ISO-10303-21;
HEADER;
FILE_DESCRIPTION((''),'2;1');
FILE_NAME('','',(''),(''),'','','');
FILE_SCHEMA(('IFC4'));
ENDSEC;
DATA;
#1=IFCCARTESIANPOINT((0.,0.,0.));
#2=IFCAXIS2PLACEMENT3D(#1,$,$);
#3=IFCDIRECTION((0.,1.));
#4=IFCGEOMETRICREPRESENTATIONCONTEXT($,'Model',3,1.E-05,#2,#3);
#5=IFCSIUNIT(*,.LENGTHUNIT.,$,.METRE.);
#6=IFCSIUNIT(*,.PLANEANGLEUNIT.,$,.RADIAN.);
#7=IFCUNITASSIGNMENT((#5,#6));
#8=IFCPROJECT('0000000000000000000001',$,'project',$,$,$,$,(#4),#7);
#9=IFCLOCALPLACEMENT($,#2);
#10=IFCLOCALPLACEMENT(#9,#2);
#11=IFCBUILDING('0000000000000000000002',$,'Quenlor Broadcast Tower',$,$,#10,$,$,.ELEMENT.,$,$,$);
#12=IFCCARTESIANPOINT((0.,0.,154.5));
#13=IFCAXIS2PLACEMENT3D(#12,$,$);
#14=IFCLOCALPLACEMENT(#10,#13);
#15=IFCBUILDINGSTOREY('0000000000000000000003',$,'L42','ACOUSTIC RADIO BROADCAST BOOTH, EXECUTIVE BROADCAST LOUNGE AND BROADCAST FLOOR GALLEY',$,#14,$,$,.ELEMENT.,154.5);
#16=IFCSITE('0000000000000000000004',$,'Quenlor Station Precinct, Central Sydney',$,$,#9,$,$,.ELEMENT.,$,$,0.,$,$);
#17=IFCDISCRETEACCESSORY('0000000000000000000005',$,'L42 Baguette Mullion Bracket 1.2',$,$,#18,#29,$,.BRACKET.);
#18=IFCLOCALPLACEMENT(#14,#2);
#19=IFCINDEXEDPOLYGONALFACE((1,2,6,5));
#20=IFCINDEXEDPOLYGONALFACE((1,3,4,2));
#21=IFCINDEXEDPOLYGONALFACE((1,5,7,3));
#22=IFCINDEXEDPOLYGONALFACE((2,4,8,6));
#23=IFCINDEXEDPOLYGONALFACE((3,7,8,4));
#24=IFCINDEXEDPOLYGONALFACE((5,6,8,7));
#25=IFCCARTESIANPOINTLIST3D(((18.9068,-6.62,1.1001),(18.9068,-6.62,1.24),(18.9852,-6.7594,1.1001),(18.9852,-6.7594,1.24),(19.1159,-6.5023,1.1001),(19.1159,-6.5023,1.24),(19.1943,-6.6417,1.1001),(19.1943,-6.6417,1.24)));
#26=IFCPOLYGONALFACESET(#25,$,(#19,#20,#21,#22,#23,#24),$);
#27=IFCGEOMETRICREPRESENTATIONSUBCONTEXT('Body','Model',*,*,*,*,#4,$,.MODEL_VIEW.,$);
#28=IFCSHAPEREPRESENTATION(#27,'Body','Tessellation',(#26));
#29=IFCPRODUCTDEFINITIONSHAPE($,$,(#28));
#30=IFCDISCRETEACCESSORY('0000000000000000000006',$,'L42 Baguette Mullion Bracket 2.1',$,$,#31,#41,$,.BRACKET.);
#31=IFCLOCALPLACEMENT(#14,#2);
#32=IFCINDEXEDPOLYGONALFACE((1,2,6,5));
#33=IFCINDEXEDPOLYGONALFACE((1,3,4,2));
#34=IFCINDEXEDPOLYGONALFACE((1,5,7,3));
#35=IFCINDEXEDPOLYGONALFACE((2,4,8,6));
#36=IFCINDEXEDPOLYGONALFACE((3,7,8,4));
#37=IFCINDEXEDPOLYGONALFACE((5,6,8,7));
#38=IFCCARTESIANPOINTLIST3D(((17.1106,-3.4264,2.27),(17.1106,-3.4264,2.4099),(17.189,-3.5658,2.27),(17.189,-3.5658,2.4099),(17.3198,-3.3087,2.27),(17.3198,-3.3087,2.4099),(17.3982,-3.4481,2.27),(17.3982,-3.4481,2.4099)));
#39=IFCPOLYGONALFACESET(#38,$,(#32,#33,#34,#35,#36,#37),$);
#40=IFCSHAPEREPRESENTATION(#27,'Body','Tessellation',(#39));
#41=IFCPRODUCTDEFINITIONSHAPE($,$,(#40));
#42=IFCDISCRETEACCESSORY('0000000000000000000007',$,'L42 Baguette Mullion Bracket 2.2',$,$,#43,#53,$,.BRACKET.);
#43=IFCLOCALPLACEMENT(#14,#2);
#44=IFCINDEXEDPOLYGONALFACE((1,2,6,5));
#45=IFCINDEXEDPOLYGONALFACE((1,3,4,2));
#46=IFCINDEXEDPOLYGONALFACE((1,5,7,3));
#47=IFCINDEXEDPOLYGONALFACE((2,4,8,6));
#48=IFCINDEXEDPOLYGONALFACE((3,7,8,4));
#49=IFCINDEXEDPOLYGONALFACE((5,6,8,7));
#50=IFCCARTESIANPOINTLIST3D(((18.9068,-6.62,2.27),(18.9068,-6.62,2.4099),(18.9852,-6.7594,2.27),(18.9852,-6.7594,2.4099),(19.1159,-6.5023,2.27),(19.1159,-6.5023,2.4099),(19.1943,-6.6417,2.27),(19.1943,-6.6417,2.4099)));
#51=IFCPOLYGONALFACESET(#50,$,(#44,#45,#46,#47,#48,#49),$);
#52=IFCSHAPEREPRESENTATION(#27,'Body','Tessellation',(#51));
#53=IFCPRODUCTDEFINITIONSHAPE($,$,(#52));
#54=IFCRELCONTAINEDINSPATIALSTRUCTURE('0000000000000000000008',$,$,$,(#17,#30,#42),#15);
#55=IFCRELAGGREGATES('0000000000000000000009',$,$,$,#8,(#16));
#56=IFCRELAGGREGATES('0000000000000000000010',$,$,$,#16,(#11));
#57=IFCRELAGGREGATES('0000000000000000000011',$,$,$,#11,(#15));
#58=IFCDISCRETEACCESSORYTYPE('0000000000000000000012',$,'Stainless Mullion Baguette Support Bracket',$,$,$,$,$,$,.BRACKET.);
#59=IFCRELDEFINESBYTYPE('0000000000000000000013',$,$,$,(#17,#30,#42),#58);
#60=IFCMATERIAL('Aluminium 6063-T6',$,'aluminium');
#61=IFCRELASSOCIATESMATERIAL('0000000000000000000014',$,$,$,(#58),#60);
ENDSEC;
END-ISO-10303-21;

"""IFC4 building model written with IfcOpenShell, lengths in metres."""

from ifc_helpers import new_model, si_unit, direction, frame, origin, origin_2d, place, context, subcontext, project, spatial, rectangle, extrude, material, type_object, element, save


model = new_model("IFC4")

# Units and contexts
model_context = context("Model", 3, precision=1e-05, world=origin(), true_north=direction((0.0, 1.0)))
body_context = subcontext(model_context, "Body", "Model", "MODEL_VIEW")
ifc_project = project(units=[si_unit("LENGTHUNIT", "METRE"), si_unit("PLANEANGLEUNIT", "RADIAN")], contexts=[model_context])

# Site, building, storey
site_placement = place(None, origin())
site = spatial("IfcSite", under=ifc_project, at=site_placement, Name="Quenlor Station Precinct, Central Sydney", CompositionType="ELEMENT", RefElevation=0.0)
building_placement = place(site_placement, origin())
building = spatial("IfcBuilding", under=site, at=building_placement, Name="Quenlor Broadcast Tower", CompositionType="ELEMENT")
storey_placement = place(building_placement, frame((0.0, 0.0, 154.5)))
storey = spatial("IfcBuildingStorey", under=building, at=storey_placement, Name="L42", Description="ACOUSTIC RADIO BROADCAST BOOTH, EXECUTIVE BROADCAST LOUNGE AND BROADCAST FLOOR GALLEY", CompositionType="ELEMENT", Elevation=154.5)

# Discrete accessories
ifc_material_1 = material(Name="Aluminium 6063-T6", Category="aluminium")
discrete_accessory_type = type_object("IfcDiscreteAccessoryType", Name="Stainless Mullion Baguette Support Bracket", PredefinedType="BRACKET", material=ifc_material_1)
for number, where, z_axis, x_axis, name in (
    (1, (19.0505, -6.6309, 1.1001), (0.0, 0.0, 1.0), (0.490259, -0.871577, 0.0), "L42 Baguette Mullion Bracket 1.2"),
    (2, (17.2544, -3.4373, 2.27), (0.0, 0.0, 1.0), (0.490259, -0.871577, 0.0), "L42 Baguette Mullion Bracket 2.1"),
    (3, (19.0505, -6.6309, 2.27), (0.0, 0.0, 1.0), (0.490259, -0.871577, 0.0), "L42 Baguette Mullion Bracket 2.2"),
):
    element("IfcDiscreteAccessory", number, at=place(storey_placement, frame(where, z_axis=z_axis, x_axis=x_axis)), inside=storey, type_object=discrete_accessory_type, Name=name, PredefinedType="BRACKET", context=body_context, shape_type="SweptSolid", body=[
        extrude(rectangle(XDim=0.1599, YDim=0.24, at=origin_2d()), origin(), (0.0, 0.0, 1.0), 0.1399),
    ])

save(model, "model.ifc")
